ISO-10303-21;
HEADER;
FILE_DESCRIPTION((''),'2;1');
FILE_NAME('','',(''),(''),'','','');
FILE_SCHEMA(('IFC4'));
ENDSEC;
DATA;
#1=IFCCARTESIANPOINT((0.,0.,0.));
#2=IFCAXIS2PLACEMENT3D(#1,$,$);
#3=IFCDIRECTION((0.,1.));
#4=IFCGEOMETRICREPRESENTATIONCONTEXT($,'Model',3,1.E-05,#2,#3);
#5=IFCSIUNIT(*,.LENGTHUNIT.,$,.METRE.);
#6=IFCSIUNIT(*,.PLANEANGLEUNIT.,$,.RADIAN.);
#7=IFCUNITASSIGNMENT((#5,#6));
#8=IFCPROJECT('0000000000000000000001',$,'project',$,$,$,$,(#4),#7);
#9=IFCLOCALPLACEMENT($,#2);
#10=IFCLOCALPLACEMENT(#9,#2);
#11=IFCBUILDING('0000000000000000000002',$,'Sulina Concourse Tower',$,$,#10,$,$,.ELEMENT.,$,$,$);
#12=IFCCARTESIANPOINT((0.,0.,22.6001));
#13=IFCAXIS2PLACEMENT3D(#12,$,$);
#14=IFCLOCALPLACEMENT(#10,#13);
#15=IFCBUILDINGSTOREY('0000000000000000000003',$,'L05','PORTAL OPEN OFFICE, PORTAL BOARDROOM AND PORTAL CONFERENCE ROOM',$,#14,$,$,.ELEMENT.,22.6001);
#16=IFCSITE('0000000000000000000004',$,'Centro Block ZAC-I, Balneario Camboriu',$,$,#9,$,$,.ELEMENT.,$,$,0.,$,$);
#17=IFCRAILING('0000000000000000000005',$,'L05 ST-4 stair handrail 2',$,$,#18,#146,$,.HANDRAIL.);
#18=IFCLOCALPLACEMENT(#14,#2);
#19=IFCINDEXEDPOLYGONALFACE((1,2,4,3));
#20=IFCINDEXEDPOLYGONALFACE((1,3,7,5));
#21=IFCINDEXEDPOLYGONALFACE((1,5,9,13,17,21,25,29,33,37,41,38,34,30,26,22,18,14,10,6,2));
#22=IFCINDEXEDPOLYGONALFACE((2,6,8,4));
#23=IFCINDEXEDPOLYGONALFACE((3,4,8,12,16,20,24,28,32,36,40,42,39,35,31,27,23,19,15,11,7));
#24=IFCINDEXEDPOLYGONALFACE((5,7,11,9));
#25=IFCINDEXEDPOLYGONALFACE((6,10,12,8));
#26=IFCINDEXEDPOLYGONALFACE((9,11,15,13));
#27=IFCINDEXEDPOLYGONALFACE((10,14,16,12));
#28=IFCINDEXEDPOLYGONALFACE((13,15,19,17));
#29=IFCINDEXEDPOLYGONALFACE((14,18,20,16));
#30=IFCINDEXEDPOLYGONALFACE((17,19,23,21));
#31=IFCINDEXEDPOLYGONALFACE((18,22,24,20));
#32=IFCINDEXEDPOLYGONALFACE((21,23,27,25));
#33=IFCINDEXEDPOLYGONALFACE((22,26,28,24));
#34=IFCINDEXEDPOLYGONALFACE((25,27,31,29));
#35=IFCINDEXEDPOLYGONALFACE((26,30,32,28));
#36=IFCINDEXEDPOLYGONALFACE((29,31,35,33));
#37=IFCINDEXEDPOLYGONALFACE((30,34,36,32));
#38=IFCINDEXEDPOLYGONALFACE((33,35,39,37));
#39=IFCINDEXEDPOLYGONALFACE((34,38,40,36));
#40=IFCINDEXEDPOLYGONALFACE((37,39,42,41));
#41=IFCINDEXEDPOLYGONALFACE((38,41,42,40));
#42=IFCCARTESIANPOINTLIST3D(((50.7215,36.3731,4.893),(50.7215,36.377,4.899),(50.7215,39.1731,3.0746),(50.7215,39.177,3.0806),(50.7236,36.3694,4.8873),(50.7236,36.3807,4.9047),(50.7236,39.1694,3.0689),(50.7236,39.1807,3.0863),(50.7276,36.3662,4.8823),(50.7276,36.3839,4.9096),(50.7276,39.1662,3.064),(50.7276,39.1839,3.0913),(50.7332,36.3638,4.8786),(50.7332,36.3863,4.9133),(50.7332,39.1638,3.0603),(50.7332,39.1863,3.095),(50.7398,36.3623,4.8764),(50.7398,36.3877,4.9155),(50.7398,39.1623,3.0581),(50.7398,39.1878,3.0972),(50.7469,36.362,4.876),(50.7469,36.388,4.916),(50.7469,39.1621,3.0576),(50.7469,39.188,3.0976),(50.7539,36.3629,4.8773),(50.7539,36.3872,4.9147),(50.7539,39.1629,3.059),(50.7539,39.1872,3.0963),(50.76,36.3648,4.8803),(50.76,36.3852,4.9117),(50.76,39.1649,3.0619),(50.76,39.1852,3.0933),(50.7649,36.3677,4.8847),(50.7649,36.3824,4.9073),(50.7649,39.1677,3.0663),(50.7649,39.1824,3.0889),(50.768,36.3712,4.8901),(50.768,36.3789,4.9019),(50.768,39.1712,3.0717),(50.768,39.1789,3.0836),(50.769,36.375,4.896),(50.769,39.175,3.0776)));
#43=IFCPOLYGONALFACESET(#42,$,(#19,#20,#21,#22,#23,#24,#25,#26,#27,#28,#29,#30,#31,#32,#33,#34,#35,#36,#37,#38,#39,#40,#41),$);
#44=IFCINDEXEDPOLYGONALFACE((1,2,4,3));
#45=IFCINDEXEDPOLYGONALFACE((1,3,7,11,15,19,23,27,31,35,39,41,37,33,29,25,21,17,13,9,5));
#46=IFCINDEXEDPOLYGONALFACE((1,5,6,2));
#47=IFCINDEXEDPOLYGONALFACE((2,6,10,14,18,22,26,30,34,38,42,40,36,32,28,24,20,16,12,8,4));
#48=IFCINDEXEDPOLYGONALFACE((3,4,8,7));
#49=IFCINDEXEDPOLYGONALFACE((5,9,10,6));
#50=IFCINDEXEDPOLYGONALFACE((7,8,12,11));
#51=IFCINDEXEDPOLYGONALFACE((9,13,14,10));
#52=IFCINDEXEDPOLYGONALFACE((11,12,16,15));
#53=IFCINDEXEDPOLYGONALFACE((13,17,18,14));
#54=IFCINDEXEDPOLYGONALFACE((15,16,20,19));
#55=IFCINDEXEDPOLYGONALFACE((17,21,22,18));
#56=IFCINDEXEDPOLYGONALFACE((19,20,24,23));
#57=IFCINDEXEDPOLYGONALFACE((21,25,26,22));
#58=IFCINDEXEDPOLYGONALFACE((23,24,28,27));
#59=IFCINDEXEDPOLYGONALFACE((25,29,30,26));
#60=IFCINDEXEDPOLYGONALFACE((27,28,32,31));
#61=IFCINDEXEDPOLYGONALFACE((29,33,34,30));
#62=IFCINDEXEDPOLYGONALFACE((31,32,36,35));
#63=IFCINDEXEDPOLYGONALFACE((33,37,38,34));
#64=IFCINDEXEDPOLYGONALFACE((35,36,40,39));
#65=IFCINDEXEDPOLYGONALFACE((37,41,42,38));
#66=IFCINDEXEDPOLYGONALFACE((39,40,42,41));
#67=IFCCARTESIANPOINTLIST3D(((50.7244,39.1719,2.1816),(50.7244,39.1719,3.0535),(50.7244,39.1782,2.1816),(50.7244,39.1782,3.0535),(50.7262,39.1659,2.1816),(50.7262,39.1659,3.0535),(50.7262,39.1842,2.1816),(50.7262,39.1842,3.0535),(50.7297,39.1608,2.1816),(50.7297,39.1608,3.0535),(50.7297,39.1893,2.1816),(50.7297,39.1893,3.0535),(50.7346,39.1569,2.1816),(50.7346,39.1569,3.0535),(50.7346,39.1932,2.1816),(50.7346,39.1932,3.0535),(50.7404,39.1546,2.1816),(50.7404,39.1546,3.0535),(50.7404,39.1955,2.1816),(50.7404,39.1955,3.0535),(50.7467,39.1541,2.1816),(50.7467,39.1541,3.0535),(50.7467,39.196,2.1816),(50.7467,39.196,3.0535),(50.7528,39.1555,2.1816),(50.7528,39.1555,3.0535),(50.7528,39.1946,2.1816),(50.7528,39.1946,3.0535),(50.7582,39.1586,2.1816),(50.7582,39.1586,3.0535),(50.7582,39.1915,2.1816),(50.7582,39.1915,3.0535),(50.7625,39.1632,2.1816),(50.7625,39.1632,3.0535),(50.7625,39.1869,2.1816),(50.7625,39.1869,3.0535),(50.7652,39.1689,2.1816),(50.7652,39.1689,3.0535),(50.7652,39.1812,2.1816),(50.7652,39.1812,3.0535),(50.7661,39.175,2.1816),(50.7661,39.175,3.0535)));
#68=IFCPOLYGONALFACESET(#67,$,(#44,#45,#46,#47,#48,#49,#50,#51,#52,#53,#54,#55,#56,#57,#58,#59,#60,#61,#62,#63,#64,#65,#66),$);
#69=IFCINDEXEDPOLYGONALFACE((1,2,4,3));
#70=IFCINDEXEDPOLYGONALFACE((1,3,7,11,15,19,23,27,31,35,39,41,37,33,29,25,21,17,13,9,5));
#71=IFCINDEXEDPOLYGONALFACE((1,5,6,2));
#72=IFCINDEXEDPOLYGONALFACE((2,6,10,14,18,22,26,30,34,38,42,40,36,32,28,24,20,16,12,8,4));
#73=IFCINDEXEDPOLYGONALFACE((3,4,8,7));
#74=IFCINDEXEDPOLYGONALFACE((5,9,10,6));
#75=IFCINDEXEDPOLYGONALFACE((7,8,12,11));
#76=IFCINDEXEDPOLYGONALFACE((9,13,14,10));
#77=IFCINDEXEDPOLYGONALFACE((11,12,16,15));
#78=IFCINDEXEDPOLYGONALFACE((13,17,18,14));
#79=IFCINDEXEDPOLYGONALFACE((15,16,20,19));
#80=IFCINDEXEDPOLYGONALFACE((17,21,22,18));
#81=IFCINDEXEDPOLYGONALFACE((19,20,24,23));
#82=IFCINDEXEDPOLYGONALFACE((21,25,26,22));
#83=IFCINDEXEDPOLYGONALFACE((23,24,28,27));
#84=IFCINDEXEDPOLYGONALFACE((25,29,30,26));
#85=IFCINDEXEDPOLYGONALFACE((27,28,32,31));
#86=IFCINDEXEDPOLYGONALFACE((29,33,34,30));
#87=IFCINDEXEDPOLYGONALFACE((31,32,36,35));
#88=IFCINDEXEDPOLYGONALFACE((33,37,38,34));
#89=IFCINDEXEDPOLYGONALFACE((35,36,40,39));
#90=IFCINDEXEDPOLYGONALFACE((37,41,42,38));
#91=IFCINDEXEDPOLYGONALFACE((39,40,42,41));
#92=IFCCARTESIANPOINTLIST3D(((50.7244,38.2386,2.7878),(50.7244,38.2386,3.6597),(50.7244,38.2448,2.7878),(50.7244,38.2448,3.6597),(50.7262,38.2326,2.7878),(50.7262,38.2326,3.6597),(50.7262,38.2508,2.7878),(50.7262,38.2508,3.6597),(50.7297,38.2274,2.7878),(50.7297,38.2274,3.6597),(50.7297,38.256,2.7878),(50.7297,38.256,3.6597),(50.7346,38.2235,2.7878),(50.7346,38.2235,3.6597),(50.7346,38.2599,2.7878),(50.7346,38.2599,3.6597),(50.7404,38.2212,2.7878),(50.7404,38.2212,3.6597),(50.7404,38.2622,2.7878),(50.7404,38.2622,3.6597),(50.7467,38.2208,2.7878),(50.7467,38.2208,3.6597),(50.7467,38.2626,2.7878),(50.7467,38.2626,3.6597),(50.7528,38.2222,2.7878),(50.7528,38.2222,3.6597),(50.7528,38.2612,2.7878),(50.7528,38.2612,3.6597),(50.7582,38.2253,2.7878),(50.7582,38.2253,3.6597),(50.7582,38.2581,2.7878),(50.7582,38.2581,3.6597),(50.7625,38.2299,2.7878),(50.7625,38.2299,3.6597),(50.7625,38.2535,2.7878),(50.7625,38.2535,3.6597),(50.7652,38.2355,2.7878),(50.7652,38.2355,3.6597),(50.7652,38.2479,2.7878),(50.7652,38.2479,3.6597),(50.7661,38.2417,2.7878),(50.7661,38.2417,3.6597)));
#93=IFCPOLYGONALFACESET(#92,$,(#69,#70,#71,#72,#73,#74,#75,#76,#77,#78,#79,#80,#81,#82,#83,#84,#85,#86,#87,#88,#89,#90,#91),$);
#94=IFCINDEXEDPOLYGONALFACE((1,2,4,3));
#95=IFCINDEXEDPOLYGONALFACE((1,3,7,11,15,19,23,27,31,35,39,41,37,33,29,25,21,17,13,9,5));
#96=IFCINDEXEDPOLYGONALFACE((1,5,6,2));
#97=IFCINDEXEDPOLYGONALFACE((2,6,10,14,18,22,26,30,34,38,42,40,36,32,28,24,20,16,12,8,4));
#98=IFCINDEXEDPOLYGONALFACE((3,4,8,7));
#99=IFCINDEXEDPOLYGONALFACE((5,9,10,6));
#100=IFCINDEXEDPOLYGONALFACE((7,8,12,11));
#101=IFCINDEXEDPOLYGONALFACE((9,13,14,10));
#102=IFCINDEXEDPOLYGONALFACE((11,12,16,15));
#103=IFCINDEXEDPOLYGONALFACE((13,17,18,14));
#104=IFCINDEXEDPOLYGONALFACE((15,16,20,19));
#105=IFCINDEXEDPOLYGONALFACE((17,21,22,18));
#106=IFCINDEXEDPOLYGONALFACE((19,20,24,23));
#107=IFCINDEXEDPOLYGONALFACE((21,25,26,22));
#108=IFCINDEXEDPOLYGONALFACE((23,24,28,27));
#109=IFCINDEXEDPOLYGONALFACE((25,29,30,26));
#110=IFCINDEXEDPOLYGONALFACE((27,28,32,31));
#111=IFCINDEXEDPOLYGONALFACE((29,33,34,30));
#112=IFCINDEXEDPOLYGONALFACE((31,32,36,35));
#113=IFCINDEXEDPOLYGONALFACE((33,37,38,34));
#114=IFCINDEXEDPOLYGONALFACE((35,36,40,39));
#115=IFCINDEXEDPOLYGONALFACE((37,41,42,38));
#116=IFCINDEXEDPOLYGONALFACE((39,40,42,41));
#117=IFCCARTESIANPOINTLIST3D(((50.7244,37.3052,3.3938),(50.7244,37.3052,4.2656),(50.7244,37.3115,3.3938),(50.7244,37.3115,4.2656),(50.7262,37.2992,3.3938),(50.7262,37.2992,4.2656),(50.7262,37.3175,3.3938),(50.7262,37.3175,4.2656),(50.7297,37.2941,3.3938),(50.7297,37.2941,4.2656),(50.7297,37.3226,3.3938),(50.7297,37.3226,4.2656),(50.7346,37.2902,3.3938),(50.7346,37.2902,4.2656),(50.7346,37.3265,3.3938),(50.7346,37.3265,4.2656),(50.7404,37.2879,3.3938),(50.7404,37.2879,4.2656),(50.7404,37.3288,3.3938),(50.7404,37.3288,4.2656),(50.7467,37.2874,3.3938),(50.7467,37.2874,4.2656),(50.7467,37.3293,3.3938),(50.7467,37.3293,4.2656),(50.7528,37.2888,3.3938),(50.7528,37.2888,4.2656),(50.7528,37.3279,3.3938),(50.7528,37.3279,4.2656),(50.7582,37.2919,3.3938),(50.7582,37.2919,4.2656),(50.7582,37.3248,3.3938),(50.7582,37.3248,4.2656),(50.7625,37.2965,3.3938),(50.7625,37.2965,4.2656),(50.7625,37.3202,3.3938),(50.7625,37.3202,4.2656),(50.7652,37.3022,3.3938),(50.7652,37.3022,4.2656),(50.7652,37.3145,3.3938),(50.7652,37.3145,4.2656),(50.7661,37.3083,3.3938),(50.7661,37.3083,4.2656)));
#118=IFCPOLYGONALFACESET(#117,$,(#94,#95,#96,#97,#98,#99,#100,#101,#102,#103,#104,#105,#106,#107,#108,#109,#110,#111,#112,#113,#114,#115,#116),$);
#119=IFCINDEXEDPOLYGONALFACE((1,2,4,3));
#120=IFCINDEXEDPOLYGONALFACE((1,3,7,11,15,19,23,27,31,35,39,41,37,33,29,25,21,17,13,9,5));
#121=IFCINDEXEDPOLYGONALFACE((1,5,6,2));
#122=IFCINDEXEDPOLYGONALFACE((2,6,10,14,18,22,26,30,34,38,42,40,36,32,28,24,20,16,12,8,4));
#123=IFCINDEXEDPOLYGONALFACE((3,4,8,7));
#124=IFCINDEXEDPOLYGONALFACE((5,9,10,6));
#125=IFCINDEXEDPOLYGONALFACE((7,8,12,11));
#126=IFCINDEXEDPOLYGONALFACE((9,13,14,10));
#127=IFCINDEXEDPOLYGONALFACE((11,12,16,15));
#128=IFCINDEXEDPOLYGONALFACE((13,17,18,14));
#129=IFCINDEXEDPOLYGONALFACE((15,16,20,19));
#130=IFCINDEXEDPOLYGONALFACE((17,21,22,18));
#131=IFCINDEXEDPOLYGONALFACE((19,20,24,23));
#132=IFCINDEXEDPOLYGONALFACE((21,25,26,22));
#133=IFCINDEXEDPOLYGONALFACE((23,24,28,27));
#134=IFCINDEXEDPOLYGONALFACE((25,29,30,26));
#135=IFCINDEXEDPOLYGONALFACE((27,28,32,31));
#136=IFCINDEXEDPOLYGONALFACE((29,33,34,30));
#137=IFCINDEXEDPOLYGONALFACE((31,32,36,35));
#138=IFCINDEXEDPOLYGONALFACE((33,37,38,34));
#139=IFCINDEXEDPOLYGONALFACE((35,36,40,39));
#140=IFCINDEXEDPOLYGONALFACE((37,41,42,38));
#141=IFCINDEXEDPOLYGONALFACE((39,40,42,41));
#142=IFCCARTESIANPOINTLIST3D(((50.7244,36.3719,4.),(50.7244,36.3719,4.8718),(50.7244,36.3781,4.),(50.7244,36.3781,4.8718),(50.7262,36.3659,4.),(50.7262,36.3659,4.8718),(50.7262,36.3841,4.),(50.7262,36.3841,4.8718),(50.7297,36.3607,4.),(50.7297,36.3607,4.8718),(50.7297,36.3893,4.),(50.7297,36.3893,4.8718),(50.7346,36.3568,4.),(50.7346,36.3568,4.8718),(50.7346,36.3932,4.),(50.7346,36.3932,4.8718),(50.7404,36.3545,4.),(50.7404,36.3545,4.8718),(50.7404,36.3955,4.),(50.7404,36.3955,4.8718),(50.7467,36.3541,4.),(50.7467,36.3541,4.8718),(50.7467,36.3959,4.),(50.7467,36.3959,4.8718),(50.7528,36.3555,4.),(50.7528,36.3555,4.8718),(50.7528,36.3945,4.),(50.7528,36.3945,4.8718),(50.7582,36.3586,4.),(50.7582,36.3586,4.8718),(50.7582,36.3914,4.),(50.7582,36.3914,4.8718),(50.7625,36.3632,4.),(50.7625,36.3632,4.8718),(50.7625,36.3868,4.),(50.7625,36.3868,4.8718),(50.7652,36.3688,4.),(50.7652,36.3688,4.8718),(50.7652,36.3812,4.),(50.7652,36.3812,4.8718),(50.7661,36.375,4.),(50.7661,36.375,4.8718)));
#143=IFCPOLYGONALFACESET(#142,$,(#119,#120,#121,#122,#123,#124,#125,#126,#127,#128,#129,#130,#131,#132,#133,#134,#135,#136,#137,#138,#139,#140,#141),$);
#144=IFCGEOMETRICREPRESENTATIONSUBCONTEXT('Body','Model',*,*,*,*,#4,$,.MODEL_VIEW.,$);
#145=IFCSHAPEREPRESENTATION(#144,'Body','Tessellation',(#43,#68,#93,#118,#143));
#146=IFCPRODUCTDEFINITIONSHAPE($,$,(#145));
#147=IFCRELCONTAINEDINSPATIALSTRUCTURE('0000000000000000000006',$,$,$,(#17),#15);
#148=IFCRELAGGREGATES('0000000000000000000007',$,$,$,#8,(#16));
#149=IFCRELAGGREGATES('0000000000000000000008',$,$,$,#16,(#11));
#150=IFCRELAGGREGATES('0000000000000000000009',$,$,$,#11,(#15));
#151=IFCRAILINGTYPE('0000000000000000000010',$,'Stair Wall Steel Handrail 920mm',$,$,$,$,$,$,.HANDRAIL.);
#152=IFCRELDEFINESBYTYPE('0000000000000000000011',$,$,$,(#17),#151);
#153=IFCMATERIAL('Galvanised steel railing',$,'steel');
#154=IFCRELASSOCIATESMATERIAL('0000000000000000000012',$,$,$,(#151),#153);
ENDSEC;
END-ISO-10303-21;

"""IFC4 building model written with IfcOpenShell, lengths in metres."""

from ifc_helpers import new_model, si_unit, direction, frame, origin, origin_2d, place, context, subcontext, project, spatial, circle, extrude, material, type_object, element, save


model = new_model("IFC4")

# Units and contexts
model_context = context("Model", 3, precision=1e-05, world=origin(), true_north=direction((0.0, 1.0)))
body_context = subcontext(model_context, "Body", "Model", "MODEL_VIEW")
ifc_project = project(units=[si_unit("LENGTHUNIT", "METRE"), si_unit("PLANEANGLEUNIT", "RADIAN")], contexts=[model_context])

# Site, building, storey
site_placement = place(None, origin())
site = spatial("IfcSite", under=ifc_project, at=site_placement, Name="Centro Block ZAC-I, Balneario Camboriu", CompositionType="ELEMENT", RefElevation=0.0)
building_placement = place(site_placement, origin())
building = spatial("IfcBuilding", under=site, at=building_placement, Name="Sulina Concourse Tower", CompositionType="ELEMENT")
storey_placement = place(building_placement, frame((0.0, 0.0, 22.6001)))
storey = spatial("IfcBuildingStorey", under=building, at=storey_placement, Name="L05", Description="PORTAL OPEN OFFICE, PORTAL BOARDROOM AND PORTAL CONFERENCE ROOM", CompositionType="ELEMENT", Elevation=22.6001)

# Railing
ifc_material_1 = material(Name="Galvanised steel railing", Category="steel")
railing_type_1 = type_object("IfcRailingType", Name="Stair Wall Steel Handrail 920mm", PredefinedType="HANDRAIL", material=ifc_material_1)
railing_1_placement = place(storey_placement, frame((50.7451, 39.175, 2.1816)))
element("IfcRailing", 1, at=railing_1_placement, inside=storey, type_object=railing_type_1, Name="L05 ST-4 stair handrail 2", PredefinedType="HANDRAIL", context=body_context, shape_type="SweptSolid", body=[
    extrude(circle(Radius=0.0239, at=origin_2d()), frame((0.0, 0.0, 0.896), z_axis=(0.0, -0.838672, 0.544636), x_axis=(1.0, 0.0, 0.0)), (0.0, 0.0, 1.0), 3.3386),
    extrude(circle(Radius=0.021, at=origin_2d()), origin(), (0.0, 0.0, 1.0), 0.8718),
    extrude(circle(Radius=0.021, at=origin_2d()), frame((0.0, -0.9333, 0.6062)), (0.0, 0.0, 1.0), 0.8718),
    extrude(circle(Radius=0.021, at=origin_2d()), frame((0.0, -1.8667, 1.2122)), (0.0, 0.0, 1.0), 0.8718),
    extrude(circle(Radius=0.021, at=origin_2d()), frame((0.0, -2.8, 1.8184)), (0.0, 0.0, 1.0), 0.8718),
])

save(model, "model.ifc")
